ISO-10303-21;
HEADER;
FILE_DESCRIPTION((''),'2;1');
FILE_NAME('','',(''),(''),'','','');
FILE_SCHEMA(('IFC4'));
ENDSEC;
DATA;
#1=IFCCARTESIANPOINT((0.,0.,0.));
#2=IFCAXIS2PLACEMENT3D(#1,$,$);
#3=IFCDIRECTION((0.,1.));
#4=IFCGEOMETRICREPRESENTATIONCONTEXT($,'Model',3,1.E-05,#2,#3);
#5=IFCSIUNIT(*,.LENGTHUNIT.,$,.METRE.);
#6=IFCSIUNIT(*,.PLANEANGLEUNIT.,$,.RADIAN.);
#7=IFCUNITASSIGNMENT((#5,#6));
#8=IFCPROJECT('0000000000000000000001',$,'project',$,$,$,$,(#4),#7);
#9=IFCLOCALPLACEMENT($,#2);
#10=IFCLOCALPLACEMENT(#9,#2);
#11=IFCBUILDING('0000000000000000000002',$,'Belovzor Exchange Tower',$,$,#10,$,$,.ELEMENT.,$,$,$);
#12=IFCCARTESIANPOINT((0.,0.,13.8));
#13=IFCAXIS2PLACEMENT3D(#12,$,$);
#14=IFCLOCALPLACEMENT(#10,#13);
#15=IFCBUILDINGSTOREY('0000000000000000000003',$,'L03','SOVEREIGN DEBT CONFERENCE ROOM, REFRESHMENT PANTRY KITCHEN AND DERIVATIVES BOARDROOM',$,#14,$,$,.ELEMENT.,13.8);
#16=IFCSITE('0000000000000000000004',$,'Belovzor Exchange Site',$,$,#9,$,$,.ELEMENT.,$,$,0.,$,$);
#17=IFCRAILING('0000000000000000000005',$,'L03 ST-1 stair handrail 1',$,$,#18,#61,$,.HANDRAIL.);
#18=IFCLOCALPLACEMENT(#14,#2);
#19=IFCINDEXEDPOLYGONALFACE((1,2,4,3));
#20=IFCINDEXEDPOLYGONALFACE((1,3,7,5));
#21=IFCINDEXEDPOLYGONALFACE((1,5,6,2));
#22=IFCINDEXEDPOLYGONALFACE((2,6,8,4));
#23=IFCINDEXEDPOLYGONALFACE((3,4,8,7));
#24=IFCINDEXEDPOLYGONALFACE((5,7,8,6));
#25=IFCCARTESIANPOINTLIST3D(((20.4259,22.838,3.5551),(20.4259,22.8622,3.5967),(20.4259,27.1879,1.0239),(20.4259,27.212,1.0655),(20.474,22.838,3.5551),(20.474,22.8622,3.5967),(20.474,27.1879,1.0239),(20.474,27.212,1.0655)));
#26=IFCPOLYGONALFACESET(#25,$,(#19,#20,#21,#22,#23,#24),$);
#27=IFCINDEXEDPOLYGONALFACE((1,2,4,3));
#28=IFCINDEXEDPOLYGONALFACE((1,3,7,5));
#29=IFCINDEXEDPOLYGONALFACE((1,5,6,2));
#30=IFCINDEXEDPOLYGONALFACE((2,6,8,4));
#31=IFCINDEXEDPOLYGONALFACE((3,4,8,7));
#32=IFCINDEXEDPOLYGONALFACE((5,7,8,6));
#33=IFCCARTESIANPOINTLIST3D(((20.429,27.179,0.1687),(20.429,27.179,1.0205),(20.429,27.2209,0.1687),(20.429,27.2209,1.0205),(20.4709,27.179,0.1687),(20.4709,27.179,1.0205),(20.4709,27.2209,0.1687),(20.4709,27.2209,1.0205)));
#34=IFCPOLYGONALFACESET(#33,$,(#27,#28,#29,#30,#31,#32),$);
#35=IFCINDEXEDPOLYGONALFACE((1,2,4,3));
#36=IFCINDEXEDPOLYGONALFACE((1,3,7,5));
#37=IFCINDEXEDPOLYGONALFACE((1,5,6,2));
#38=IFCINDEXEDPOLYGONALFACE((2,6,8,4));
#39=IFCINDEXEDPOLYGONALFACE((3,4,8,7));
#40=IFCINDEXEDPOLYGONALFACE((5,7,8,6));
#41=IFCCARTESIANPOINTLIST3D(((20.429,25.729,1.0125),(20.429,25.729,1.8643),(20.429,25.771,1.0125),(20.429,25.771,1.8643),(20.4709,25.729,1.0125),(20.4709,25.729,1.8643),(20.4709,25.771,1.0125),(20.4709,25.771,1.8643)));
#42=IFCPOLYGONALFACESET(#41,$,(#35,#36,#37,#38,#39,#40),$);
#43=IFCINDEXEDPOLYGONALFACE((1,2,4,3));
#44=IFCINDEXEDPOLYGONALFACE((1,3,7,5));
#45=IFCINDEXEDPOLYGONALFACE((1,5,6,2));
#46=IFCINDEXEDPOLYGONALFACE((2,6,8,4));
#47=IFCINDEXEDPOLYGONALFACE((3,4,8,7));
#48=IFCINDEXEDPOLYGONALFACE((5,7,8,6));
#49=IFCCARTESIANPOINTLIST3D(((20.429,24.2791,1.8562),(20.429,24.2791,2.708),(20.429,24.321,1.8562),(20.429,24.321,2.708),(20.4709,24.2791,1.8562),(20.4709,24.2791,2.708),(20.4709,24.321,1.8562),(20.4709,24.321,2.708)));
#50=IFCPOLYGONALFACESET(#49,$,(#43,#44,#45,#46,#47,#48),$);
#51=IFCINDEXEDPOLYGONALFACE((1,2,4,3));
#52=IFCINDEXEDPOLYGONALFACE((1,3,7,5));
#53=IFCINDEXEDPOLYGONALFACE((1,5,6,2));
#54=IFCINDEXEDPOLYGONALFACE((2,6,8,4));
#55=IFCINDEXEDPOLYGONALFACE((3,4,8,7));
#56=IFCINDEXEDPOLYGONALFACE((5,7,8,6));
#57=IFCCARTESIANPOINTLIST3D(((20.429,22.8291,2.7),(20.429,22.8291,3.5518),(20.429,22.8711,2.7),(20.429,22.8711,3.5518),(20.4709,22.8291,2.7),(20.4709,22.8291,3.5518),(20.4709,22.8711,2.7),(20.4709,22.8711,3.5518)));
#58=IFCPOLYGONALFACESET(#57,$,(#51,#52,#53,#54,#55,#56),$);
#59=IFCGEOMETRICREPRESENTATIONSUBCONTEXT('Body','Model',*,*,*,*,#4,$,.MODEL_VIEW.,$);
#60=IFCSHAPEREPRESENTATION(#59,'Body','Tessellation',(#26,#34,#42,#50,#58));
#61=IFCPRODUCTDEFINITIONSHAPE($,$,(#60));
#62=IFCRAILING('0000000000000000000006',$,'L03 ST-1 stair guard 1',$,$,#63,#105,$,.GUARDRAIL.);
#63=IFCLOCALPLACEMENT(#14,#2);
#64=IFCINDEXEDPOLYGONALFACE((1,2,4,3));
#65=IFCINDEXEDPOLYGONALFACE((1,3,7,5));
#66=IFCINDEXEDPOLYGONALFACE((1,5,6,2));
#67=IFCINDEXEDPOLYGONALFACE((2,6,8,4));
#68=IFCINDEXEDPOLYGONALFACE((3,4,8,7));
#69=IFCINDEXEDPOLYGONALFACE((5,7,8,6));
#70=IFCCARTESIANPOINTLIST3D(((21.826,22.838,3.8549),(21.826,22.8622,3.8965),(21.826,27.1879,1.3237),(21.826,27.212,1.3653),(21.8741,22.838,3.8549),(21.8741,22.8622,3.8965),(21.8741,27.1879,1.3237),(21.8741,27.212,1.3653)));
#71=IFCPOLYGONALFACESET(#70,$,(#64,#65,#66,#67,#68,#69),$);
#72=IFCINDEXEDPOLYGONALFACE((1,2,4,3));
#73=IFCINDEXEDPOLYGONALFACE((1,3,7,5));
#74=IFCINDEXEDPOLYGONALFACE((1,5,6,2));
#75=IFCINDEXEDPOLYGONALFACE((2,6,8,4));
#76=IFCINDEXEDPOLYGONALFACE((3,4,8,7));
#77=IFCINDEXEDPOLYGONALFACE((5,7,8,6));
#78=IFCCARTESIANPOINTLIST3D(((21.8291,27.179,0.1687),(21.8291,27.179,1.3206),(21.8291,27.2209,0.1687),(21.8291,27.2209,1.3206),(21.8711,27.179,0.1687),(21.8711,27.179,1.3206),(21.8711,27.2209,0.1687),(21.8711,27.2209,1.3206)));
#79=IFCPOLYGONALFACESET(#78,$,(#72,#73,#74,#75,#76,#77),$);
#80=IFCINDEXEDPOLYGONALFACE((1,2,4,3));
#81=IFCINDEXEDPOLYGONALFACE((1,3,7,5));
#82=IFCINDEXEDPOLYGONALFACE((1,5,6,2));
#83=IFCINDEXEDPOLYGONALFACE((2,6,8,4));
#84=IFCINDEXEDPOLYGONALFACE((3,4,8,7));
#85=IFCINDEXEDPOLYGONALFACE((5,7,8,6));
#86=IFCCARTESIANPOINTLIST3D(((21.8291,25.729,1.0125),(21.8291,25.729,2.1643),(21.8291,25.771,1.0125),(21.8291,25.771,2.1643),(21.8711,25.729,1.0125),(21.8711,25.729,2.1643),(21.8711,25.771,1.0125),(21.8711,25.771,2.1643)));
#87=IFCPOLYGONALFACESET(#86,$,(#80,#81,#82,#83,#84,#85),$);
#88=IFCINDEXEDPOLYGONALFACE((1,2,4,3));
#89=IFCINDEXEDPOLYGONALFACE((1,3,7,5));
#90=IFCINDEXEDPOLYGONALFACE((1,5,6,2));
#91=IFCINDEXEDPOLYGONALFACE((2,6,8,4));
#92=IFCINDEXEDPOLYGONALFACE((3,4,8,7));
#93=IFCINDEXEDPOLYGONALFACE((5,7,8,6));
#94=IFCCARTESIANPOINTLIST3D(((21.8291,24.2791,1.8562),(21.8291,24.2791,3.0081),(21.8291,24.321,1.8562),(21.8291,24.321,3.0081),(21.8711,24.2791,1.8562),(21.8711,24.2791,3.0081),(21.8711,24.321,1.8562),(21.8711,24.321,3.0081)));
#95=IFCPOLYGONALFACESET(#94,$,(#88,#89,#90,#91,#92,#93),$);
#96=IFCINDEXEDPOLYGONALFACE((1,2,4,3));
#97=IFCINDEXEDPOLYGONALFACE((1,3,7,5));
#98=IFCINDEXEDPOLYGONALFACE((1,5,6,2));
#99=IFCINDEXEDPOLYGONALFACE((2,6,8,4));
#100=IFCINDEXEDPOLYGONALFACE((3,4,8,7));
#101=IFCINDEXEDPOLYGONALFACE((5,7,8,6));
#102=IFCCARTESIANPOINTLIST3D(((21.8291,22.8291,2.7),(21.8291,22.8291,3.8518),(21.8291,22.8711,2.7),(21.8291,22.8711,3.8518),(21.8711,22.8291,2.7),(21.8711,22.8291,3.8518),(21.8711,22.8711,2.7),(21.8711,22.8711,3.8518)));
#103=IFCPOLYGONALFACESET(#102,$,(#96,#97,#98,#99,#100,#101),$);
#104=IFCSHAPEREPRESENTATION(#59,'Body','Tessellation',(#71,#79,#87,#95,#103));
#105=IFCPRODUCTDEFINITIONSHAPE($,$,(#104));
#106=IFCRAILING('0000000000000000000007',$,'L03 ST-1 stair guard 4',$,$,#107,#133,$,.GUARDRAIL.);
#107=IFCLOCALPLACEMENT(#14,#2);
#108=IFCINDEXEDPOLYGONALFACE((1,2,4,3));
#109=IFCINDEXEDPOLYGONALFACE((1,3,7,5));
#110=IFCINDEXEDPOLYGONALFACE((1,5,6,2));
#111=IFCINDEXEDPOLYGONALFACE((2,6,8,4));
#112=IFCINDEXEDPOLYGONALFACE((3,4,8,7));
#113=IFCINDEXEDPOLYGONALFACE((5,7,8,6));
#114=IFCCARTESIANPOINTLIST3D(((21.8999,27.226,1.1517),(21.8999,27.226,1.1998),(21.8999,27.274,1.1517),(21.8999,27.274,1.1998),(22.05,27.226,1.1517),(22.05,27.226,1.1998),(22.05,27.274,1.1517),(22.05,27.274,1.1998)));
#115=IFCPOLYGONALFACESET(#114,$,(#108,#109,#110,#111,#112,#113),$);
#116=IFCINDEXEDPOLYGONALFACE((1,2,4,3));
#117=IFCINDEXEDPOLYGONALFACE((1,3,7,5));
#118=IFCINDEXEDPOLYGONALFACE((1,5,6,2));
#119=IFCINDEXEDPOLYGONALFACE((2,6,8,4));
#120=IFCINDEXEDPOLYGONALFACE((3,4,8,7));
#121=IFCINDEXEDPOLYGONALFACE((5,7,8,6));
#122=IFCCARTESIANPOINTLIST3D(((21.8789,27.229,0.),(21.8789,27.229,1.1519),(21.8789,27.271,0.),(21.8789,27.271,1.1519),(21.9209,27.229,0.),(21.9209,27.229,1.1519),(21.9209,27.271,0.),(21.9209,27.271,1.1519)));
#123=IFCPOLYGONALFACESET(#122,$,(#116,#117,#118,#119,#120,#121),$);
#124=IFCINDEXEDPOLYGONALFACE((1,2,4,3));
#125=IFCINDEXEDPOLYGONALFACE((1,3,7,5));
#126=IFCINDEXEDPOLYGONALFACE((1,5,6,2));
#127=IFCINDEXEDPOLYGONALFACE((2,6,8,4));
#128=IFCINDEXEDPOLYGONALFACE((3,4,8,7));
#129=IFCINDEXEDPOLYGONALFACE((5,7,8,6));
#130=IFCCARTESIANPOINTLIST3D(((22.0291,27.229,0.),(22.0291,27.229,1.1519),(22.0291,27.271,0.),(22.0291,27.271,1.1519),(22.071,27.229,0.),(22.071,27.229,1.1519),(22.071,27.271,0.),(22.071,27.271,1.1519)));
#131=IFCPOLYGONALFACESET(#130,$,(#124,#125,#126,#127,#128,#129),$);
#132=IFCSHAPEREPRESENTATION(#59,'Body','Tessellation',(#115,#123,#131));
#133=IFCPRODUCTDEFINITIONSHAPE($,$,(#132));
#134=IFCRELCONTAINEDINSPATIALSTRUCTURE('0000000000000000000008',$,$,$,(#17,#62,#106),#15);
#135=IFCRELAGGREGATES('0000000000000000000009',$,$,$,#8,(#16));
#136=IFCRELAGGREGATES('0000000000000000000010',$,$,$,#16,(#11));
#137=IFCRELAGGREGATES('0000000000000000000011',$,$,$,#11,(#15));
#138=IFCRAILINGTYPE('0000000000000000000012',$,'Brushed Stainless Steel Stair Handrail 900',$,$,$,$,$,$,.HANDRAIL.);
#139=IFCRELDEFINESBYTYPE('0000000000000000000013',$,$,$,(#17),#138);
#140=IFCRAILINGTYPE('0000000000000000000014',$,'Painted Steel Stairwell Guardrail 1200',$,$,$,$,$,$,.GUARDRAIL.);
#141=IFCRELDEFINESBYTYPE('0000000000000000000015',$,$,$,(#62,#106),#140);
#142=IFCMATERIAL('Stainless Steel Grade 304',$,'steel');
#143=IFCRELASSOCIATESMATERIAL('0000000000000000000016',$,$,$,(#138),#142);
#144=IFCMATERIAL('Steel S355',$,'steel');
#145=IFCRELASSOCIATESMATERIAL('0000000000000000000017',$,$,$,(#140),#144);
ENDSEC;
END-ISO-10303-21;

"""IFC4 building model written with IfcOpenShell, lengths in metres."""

from ifc_helpers import new_model, si_unit, direction, frame, origin, origin_2d, place, context, subcontext, project, spatial, rectangle, extrude, material, type_object, element, save


model = new_model("IFC4")

# Units and contexts
model_context = context("Model", 3, precision=1e-05, world=origin(), true_north=direction((0.0, 1.0)))
body_context = subcontext(model_context, "Body", "Model", "MODEL_VIEW")
ifc_project = project(units=[si_unit("LENGTHUNIT", "METRE"), si_unit("PLANEANGLEUNIT", "RADIAN")], contexts=[model_context])

# Site, building, storey
site_placement = place(None, origin())
site = spatial("IfcSite", under=ifc_project, at=site_placement, Name="Belovzor Exchange Site", CompositionType="ELEMENT", RefElevation=0.0)
building_placement = place(site_placement, origin())
building = spatial("IfcBuilding", under=site, at=building_placement, Name="Belovzor Exchange Tower", CompositionType="ELEMENT")
storey_placement = place(building_placement, frame((0.0, 0.0, 13.8)))
storey = spatial("IfcBuildingStorey", under=building, at=storey_placement, Name="L03", Description="SOVEREIGN DEBT CONFERENCE ROOM, REFRESHMENT PANTRY KITCHEN AND DERIVATIVES BOARDROOM", CompositionType="ELEMENT", Elevation=13.8)

# Railings
ifc_material_1 = material(Name="Stainless Steel Grade 304", Category="steel")
railing_type_1 = type_object("IfcRailingType", Name="Brushed Stainless Steel Stair Handrail 900", PredefinedType="HANDRAIL", material=ifc_material_1)
railing_1_placement = place(storey_placement, frame((20.45, 27.2, 0.1687)))
element("IfcRailing", 1, at=railing_1_placement, inside=storey, type_object=railing_type_1, Name="L03 ST-1 stair handrail 1", PredefinedType="HANDRAIL", context=body_context, shape_type="SweptSolid", body=[
    extrude(rectangle(XDim=0.0481, YDim=0.0481, at=origin_2d()), frame((0.0, 0.0, 0.876), z_axis=(0.0, -0.864312, 0.502957), x_axis=(1.0, 0.0, 0.0)), (0.0, 0.0, 1.0), 5.0327),
    extrude(rectangle(XDim=0.042, YDim=0.042, at=origin_2d()), origin(), (0.0, 0.0, 1.0), 0.8518),
    extrude(rectangle(XDim=0.042, YDim=0.042, at=origin_2d()), frame((0.0, -1.45, 0.8438)), (0.0, 0.0, 1.0), 0.8518),
    extrude(rectangle(XDim=0.042, YDim=0.042, at=origin_2d()), frame((0.0, -2.8999, 1.6875)), (0.0, 0.0, 1.0), 0.8518),
    extrude(rectangle(XDim=0.042, YDim=0.042, at=origin_2d()), frame((0.0, -4.3499, 2.5312)), (0.0, 0.0, 1.0), 0.8518),
])
ifc_material_2 = material(Name="Steel S355", Category="steel")
railing_type_2 = type_object("IfcRailingType", Name="Painted Steel Stairwell Guardrail 1200", PredefinedType="GUARDRAIL", material=ifc_material_2)
railing_2_placement = place(storey_placement, frame((21.8501, 27.2, 0.1687)))
element("IfcRailing", 2, at=railing_2_placement, inside=storey, type_object=railing_type_2, Name="L03 ST-1 stair guard 1", PredefinedType="GUARDRAIL", context=body_context, shape_type="SweptSolid", body=[
    extrude(rectangle(XDim=0.0481, YDim=0.0481, at=origin_2d()), frame((0.0, 0.0, 1.1758), z_axis=(0.0, -0.864312, 0.502957), x_axis=(1.0, 0.0, 0.0)), (0.0, 0.0, 1.0), 5.0327),
    extrude(rectangle(XDim=0.042, YDim=0.042, at=origin_2d()), origin(), (0.0, 0.0, 1.0), 1.1519),
    extrude(rectangle(XDim=0.042, YDim=0.042, at=origin_2d()), frame((0.0, -1.45, 0.8438)), (0.0, 0.0, 1.0), 1.1519),
    extrude(rectangle(XDim=0.042, YDim=0.042, at=origin_2d()), frame((0.0, -2.8999, 1.6875)), (0.0, 0.0, 1.0), 1.1519),
    extrude(rectangle(XDim=0.042, YDim=0.042, at=origin_2d()), frame((0.0, -4.3499, 2.5312)), (0.0, 0.0, 1.0), 1.1519),
])
railing_3_placement = place(storey_placement, frame((21.8999, 27.25, 0.0)))
element("IfcRailing", 3, at=railing_3_placement, inside=storey, type_object=railing_type_2, Name="L03 ST-1 stair guard 4", PredefinedType="GUARDRAIL", context=body_context, shape_type="SweptSolid", body=[
    extrude(rectangle(XDim=0.0481, YDim=0.0481, at=origin_2d()), frame((0.0, 0.0, 1.1758), z_axis=(1.0, 0.0, 0.0), x_axis=(0.0, 1.0, 0.0)), (0.0, 0.0, 1.0), 0.1501),
    extrude(rectangle(XDim=0.042, YDim=0.042, at=origin_2d()), origin(), (0.0, 0.0, 1.0), 1.1519),
    extrude(rectangle(XDim=0.042, YDim=0.042, at=origin_2d()), frame((0.1501, 0.0, 0.0)), (0.0, 0.0, 1.0), 1.1519),
])

save(model, "model.ifc")
